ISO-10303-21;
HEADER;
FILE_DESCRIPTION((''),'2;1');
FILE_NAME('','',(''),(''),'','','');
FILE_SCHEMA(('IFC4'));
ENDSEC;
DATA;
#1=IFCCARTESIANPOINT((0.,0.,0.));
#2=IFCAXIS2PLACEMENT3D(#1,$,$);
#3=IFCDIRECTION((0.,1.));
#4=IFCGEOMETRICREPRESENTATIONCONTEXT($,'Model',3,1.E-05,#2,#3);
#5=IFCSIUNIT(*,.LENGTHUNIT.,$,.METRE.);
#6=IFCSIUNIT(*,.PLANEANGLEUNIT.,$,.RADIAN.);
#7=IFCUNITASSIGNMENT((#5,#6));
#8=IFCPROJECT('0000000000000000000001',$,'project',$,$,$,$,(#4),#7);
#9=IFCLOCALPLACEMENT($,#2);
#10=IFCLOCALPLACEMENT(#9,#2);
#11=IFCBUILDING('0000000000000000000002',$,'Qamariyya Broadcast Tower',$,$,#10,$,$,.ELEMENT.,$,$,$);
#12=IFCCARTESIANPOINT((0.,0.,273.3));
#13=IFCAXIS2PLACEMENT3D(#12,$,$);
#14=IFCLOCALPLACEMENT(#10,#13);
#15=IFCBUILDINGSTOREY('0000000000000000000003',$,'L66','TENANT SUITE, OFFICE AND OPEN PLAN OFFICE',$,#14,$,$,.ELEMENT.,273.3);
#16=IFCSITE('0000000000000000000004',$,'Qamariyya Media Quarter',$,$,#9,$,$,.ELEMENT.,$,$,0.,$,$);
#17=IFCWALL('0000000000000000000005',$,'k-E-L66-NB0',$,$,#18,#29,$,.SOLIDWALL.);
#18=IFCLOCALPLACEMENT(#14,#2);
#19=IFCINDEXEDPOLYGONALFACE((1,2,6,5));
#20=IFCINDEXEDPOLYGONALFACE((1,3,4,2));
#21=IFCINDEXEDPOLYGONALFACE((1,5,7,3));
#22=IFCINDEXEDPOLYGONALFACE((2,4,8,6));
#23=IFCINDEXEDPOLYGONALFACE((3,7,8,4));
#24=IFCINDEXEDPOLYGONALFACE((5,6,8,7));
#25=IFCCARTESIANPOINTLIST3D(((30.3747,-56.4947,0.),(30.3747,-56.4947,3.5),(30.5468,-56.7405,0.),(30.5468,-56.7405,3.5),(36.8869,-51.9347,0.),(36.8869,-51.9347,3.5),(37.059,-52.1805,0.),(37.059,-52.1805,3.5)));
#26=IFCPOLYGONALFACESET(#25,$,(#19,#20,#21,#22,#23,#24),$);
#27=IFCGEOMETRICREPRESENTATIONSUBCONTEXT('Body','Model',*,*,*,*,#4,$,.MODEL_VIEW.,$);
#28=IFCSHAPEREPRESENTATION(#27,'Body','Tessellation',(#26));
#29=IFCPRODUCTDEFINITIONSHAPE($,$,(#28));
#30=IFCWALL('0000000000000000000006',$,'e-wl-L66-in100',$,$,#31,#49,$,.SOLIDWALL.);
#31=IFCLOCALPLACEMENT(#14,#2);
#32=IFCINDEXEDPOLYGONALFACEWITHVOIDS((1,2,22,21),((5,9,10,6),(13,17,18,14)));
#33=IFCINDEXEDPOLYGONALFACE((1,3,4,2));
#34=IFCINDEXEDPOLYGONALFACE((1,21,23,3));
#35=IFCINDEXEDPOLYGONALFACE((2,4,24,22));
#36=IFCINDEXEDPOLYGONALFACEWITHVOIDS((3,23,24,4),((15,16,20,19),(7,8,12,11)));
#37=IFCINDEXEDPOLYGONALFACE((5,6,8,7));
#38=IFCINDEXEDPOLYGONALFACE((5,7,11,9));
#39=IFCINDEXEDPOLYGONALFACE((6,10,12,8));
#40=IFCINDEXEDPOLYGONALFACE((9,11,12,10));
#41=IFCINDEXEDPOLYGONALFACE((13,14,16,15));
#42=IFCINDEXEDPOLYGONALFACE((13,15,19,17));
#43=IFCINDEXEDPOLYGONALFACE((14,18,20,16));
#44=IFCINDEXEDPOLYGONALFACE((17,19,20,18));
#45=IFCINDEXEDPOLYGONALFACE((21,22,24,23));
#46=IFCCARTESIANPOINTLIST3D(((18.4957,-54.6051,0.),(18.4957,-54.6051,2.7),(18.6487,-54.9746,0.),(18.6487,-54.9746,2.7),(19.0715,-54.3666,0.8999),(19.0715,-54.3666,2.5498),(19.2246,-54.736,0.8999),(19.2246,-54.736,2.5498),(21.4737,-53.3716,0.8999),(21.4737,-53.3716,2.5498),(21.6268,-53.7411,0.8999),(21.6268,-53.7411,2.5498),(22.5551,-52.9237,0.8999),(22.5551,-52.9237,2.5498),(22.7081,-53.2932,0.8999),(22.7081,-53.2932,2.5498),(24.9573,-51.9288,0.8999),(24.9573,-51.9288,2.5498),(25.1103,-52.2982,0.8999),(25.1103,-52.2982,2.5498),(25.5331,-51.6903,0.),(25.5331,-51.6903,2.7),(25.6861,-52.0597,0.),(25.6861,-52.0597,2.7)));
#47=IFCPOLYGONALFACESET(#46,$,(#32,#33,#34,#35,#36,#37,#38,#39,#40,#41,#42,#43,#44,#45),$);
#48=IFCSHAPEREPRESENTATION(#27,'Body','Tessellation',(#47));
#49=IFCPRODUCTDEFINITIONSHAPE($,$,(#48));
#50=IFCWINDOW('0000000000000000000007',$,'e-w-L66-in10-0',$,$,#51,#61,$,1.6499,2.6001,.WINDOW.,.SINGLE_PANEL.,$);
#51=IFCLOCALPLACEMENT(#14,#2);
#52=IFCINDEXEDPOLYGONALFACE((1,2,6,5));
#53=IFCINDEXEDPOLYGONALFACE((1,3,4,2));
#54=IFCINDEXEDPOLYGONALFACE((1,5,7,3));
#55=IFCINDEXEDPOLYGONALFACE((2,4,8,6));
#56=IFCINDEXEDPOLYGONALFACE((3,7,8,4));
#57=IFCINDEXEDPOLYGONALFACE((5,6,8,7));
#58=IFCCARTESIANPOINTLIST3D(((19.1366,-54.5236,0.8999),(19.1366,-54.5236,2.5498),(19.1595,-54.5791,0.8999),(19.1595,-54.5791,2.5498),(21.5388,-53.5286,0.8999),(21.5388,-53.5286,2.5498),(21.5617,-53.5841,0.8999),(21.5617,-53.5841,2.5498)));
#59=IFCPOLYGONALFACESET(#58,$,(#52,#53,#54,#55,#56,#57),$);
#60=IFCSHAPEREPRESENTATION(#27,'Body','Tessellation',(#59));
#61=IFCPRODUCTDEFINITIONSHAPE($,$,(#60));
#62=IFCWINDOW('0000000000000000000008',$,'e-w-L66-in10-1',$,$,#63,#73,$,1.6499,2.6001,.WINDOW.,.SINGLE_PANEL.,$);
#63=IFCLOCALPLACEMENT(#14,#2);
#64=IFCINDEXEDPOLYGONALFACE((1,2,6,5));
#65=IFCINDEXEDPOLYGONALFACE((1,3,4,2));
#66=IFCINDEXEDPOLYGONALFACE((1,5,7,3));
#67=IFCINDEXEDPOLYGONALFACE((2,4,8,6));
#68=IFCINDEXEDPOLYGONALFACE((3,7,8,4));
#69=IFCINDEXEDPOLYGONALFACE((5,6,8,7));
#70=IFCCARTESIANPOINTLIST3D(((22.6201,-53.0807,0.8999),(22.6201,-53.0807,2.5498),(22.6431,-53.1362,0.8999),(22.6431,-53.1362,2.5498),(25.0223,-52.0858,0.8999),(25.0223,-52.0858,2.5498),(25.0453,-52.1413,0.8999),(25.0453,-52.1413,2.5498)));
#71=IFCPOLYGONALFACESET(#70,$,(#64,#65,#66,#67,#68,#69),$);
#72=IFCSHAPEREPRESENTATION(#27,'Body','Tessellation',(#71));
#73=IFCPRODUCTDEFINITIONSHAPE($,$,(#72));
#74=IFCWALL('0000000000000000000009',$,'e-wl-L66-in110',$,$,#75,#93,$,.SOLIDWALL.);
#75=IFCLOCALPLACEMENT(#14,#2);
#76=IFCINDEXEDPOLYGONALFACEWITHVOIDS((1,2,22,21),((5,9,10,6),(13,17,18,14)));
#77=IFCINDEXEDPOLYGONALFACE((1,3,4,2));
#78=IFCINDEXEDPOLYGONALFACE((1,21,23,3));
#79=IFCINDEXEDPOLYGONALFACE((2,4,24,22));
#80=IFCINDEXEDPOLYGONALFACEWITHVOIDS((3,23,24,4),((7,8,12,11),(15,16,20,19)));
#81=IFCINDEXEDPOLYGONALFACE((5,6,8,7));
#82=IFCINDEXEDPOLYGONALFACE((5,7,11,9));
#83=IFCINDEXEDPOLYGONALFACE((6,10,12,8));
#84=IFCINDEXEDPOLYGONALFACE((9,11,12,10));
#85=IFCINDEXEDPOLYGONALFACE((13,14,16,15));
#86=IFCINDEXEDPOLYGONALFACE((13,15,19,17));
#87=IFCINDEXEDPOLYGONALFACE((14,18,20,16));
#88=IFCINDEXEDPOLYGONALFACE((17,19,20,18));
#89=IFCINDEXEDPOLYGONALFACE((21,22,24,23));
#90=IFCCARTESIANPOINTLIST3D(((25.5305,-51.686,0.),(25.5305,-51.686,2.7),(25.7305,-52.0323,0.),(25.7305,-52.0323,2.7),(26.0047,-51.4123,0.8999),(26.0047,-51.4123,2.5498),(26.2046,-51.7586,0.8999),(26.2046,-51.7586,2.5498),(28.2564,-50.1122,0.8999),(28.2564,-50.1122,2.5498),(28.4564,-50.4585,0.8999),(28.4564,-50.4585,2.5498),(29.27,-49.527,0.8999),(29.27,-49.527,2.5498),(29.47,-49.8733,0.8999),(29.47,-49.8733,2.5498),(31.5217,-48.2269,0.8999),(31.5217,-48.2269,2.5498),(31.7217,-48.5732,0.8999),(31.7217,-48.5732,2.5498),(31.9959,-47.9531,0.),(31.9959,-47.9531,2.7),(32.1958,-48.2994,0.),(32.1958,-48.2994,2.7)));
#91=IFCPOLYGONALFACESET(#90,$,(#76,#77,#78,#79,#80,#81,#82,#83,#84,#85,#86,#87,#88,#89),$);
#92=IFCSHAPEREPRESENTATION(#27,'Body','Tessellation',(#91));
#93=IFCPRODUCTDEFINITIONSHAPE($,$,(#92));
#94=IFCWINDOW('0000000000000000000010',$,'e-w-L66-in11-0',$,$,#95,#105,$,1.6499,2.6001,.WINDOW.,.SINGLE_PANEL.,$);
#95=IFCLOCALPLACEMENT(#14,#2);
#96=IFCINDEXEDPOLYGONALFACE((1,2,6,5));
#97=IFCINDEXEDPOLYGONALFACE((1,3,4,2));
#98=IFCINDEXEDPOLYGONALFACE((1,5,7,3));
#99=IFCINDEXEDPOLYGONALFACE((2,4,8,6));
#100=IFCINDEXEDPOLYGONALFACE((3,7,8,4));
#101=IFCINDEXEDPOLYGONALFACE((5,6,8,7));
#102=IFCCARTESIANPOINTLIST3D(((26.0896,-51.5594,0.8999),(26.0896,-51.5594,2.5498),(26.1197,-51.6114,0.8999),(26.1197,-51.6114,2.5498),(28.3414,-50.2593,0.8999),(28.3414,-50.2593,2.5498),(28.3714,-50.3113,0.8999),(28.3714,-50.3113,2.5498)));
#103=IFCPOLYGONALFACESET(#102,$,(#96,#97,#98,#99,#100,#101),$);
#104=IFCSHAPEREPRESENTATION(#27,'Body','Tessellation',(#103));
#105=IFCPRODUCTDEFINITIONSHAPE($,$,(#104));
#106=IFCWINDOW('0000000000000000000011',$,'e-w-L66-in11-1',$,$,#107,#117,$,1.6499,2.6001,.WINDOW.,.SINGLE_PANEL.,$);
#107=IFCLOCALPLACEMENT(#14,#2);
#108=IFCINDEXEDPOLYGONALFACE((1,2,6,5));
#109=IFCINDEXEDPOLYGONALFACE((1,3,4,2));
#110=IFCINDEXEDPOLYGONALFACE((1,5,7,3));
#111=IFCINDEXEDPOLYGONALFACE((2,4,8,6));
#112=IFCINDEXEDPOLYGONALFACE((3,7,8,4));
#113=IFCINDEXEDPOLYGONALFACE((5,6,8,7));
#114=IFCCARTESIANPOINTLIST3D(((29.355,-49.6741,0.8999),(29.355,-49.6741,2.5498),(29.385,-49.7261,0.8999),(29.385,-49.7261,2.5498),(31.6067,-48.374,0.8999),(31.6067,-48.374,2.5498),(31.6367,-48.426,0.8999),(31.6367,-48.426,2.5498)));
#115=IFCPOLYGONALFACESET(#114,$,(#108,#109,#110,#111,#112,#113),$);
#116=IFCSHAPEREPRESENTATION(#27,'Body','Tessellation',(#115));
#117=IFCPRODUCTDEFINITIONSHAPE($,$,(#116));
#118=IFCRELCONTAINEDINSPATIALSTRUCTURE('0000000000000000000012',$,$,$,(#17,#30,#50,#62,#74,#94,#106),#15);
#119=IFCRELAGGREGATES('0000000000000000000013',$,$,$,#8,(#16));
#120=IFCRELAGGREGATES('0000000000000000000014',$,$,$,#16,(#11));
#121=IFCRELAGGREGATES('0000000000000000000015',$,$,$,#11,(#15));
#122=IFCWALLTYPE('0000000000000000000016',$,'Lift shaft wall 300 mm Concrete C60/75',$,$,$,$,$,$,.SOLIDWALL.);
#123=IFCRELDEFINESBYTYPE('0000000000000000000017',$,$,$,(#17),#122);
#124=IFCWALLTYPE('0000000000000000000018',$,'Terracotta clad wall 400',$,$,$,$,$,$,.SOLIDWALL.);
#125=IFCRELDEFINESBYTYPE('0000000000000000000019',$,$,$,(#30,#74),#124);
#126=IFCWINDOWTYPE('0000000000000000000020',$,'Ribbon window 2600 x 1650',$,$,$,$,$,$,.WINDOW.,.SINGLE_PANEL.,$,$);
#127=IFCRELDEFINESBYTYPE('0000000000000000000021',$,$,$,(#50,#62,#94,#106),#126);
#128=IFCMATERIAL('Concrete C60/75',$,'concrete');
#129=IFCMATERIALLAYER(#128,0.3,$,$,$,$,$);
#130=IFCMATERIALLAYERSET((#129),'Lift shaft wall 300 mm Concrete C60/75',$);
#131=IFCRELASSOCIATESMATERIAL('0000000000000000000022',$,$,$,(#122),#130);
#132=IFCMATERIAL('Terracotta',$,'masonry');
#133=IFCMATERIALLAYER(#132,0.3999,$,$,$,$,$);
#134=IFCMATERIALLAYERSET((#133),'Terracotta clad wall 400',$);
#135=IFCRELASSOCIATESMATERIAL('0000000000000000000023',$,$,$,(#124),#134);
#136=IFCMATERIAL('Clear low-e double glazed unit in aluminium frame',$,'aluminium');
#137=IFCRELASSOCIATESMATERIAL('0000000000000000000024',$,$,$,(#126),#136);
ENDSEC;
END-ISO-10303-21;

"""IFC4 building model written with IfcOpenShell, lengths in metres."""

from ifc_helpers import new_model, si_unit, direction, frame, frame_2d, origin, place, context, subcontext, project, spatial, rectangle, extrude, material, layer, layer_set, type_object, element, fill, save


model = new_model("IFC4")

# Units and contexts
model_context = context("Model", 3, precision=1e-05, world=origin(), true_north=direction((0.0, 1.0)))
body_context = subcontext(model_context, "Body", "Model", "MODEL_VIEW")
ifc_project = project(units=[si_unit("LENGTHUNIT", "METRE"), si_unit("PLANEANGLEUNIT", "RADIAN")], contexts=[model_context])

# Site, building, storey
site_placement = place(None, origin())
site = spatial("IfcSite", under=ifc_project, at=site_placement, Name="Qamariyya Media Quarter", CompositionType="ELEMENT", RefElevation=0.0)
building_placement = place(site_placement, origin())
building = spatial("IfcBuilding", under=site, at=building_placement, Name="Qamariyya Broadcast Tower", CompositionType="ELEMENT")
storey_placement = place(building_placement, frame((0.0, 0.0, 273.3)))
storey = spatial("IfcBuildingStorey", under=building, at=storey_placement, Name="L66", Description="TENANT SUITE, OFFICE AND OPEN PLAN OFFICE", CompositionType="ELEMENT", Elevation=273.3)

# Shared definitions
ifc_material_1 = material(Name="Concrete C60/75", Category="concrete")

# Shared definitions
ifc_layer_1 = layer(ifc_material_1, 0.3)
ifc_layer_set_1 = layer_set([ifc_layer_1], Name="Lift shaft wall 300 mm Concrete C60/75")
wall_type_1 = type_object("IfcWallType", Name="Lift shaft wall 300 mm Concrete C60/75", PredefinedType="SOLIDWALL", material=ifc_layer_set_1)

# Wall
wall_1_placement = place(storey_placement, frame((30.4607, -56.6177, 0.0), z_axis=(0.0, 0.0, 1.0), x_axis=(0.819142, 0.57359, 0.0)))
element("IfcWall", 1, at=wall_1_placement, inside=storey, type_object=wall_type_1, Name="k-E-L66-NB0", PredefinedType="SOLIDWALL", context=body_context, shape_type="SweptSolid", body=[
    extrude(rectangle(XDim=7.95, YDim=0.3, at=frame_2d((3.9751, 0.0))), origin(), (0.0, 0.0, 1.0), 3.5),
])

# Walls, openings, windows
ifc_material_2 = material(Name="Terracotta", Category="masonry")
ifc_layer_2 = layer(ifc_material_2, 0.3999)
ifc_layer_set_2 = layer_set([ifc_layer_2], Name="Terracotta clad wall 400")
wall_type_2 = type_object("IfcWallType", Name="Terracotta clad wall 400", PredefinedType="SOLIDWALL", material=ifc_layer_set_2)
wall_2_placement = place(storey_placement, frame((25.6096, -51.875, 0.0), z_axis=(0.0, 0.0, 1.0), x_axis=(-0.923888, -0.382664, 0.0)))
wall_2 = element("IfcWall", 2, at=wall_2_placement, inside=storey, type_object=wall_type_2, Name="e-wl-L66-in100", PredefinedType="SOLIDWALL", context=body_context, shape_type="SweptSolid", body=[
    extrude(rectangle(XDim=7.6172, YDim=0.3999, at=frame_2d((3.8086, 0.0))), origin(), (0.0, 0.0, 1.0), 2.7),
])
opening_1_placement = place(wall_2_placement, frame((4.3938, 0.0, 0.8999)))
opening_1 = element("IfcOpeningElement", 3, at=opening_1_placement, cuts=wall_2, PredefinedType="OPENING", context=body_context, shape_type="SweptSolid", body=[
    extrude(rectangle(XDim=2.6001, YDim=1.6499, at=frame_2d((1.3, 0.825))), frame((0.0, 0.21, 0.0), z_axis=(0.0, -1.0, 0.0), x_axis=(1.0, 0.0, 0.0)), (0.0, 0.0, 1.0), 0.4199),
])
opening_2_placement = place(wall_2_placement, frame((0.6233, 0.0, 0.8999)))
opening_2 = element("IfcOpeningElement", 4, at=opening_2_placement, cuts=wall_2, PredefinedType="OPENING", context=body_context, shape_type="SweptSolid", body=[
    extrude(rectangle(XDim=2.6001, YDim=1.6499, at=frame_2d((1.3, 0.825))), frame((0.0, 0.21, 0.0), z_axis=(0.0, -1.0, 0.0), x_axis=(1.0, 0.0, 0.0)), (0.0, 0.0, 1.0), 0.4199),
])
ifc_material_3 = material(Name="Clear low-e double glazed unit in aluminium frame", Category="aluminium")
window_type = type_object("IfcWindowType", Name="Ribbon window 2600 x 1650", PartitioningType="SINGLE_PANEL", PredefinedType="WINDOW", material=ifc_material_3)
window_1_placement = place(opening_1_placement, origin())
window_1 = element("IfcWindow", 5, at=window_1_placement, inside=storey, type_object=window_type, Name="e-w-L66-in10-0", OverallHeight=1.6499, OverallWidth=2.6001, PartitioningType="SINGLE_PANEL", PredefinedType="WINDOW", context=body_context, shape_type="SweptSolid", body=[
    extrude(rectangle(XDim=2.6001, YDim=1.6499, at=frame_2d((1.3, 0.825))), frame((0.0, 0.03, 0.0), z_axis=(0.0, -1.0, 0.0), x_axis=(1.0, 0.0, 0.0)), (0.0, 0.0, 1.0), 0.0601),
])
fill(opening_1, window_1)
window_2_placement = place(opening_2_placement, origin())
window_2 = element("IfcWindow", 6, at=window_2_placement, inside=storey, type_object=window_type, Name="e-w-L66-in10-1", OverallHeight=1.6499, OverallWidth=2.6001, PartitioningType="SINGLE_PANEL", PredefinedType="WINDOW", context=body_context, shape_type="SweptSolid", body=[
    extrude(rectangle(XDim=2.6001, YDim=1.6499, at=frame_2d((1.3, 0.825))), frame((0.0, 0.03, 0.0), z_axis=(0.0, -1.0, 0.0), x_axis=(1.0, 0.0, 0.0)), (0.0, 0.0, 1.0), 0.0601),
])
fill(opening_2, window_2)
wall_3_placement = place(storey_placement, frame((32.0959, -48.1262, 0.0), z_axis=(0.0, 0.0, 1.0), x_axis=(-0.866017, -0.500015, 0.0)))
wall_3 = element("IfcWall", 7, at=wall_3_placement, inside=storey, type_object=wall_type_2, Name="e-wl-L66-in110", PredefinedType="SOLIDWALL", context=body_context, shape_type="SweptSolid", body=[
    extrude(rectangle(XDim=7.4656, YDim=0.3999, at=frame_2d((3.7329, 0.0))), origin(), (0.0, 0.0, 1.0), 2.7),
])
opening_3_placement = place(wall_3_placement, frame((4.3181, 0.0, 0.8999)))
opening_3 = element("IfcOpeningElement", 8, at=opening_3_placement, cuts=wall_3, PredefinedType="OPENING", context=body_context, shape_type="SweptSolid", body=[
    extrude(rectangle(XDim=2.6001, YDim=1.6499, at=frame_2d((1.3, 0.825))), frame((0.0, 0.21, 0.0), z_axis=(0.0, -1.0, 0.0), x_axis=(1.0, 0.0, 0.0)), (0.0, 0.0, 1.0), 0.4199),
])
opening_4_placement = place(wall_3_placement, frame((0.5476, 0.0, 0.8999)))
opening_4 = element("IfcOpeningElement", 9, at=opening_4_placement, cuts=wall_3, PredefinedType="OPENING", context=body_context, shape_type="SweptSolid", body=[
    extrude(rectangle(XDim=2.6001, YDim=1.6499, at=frame_2d((1.3, 0.825))), frame((0.0, 0.21, 0.0), z_axis=(0.0, -1.0, 0.0), x_axis=(1.0, 0.0, 0.0)), (0.0, 0.0, 1.0), 0.4199),
])
window_3_placement = place(opening_3_placement, origin())
window_3 = element("IfcWindow", 10, at=window_3_placement, inside=storey, type_object=window_type, Name="e-w-L66-in11-0", OverallHeight=1.6499, OverallWidth=2.6001, PartitioningType="SINGLE_PANEL", PredefinedType="WINDOW", context=body_context, shape_type="SweptSolid", body=[
    extrude(rectangle(XDim=2.6001, YDim=1.6499, at=frame_2d((1.3, 0.825))), frame((0.0, 0.03, 0.0), z_axis=(0.0, -1.0, 0.0), x_axis=(1.0, 0.0, 0.0)), (0.0, 0.0, 1.0), 0.0601),
])
fill(opening_3, window_3)
window_4_placement = place(opening_4_placement, origin())
window_4 = element("IfcWindow", 11, at=window_4_placement, inside=storey, type_object=window_type, Name="e-w-L66-in11-1", OverallHeight=1.6499, OverallWidth=2.6001, PartitioningType="SINGLE_PANEL", PredefinedType="WINDOW", context=body_context, shape_type="SweptSolid", body=[
    extrude(rectangle(XDim=2.6001, YDim=1.6499, at=frame_2d((1.3, 0.825))), frame((0.0, 0.03, 0.0), z_axis=(0.0, -1.0, 0.0), x_axis=(1.0, 0.0, 0.0)), (0.0, 0.0, 1.0), 0.0601),
])
fill(opening_4, window_4)

save(model, "model.ifc")
